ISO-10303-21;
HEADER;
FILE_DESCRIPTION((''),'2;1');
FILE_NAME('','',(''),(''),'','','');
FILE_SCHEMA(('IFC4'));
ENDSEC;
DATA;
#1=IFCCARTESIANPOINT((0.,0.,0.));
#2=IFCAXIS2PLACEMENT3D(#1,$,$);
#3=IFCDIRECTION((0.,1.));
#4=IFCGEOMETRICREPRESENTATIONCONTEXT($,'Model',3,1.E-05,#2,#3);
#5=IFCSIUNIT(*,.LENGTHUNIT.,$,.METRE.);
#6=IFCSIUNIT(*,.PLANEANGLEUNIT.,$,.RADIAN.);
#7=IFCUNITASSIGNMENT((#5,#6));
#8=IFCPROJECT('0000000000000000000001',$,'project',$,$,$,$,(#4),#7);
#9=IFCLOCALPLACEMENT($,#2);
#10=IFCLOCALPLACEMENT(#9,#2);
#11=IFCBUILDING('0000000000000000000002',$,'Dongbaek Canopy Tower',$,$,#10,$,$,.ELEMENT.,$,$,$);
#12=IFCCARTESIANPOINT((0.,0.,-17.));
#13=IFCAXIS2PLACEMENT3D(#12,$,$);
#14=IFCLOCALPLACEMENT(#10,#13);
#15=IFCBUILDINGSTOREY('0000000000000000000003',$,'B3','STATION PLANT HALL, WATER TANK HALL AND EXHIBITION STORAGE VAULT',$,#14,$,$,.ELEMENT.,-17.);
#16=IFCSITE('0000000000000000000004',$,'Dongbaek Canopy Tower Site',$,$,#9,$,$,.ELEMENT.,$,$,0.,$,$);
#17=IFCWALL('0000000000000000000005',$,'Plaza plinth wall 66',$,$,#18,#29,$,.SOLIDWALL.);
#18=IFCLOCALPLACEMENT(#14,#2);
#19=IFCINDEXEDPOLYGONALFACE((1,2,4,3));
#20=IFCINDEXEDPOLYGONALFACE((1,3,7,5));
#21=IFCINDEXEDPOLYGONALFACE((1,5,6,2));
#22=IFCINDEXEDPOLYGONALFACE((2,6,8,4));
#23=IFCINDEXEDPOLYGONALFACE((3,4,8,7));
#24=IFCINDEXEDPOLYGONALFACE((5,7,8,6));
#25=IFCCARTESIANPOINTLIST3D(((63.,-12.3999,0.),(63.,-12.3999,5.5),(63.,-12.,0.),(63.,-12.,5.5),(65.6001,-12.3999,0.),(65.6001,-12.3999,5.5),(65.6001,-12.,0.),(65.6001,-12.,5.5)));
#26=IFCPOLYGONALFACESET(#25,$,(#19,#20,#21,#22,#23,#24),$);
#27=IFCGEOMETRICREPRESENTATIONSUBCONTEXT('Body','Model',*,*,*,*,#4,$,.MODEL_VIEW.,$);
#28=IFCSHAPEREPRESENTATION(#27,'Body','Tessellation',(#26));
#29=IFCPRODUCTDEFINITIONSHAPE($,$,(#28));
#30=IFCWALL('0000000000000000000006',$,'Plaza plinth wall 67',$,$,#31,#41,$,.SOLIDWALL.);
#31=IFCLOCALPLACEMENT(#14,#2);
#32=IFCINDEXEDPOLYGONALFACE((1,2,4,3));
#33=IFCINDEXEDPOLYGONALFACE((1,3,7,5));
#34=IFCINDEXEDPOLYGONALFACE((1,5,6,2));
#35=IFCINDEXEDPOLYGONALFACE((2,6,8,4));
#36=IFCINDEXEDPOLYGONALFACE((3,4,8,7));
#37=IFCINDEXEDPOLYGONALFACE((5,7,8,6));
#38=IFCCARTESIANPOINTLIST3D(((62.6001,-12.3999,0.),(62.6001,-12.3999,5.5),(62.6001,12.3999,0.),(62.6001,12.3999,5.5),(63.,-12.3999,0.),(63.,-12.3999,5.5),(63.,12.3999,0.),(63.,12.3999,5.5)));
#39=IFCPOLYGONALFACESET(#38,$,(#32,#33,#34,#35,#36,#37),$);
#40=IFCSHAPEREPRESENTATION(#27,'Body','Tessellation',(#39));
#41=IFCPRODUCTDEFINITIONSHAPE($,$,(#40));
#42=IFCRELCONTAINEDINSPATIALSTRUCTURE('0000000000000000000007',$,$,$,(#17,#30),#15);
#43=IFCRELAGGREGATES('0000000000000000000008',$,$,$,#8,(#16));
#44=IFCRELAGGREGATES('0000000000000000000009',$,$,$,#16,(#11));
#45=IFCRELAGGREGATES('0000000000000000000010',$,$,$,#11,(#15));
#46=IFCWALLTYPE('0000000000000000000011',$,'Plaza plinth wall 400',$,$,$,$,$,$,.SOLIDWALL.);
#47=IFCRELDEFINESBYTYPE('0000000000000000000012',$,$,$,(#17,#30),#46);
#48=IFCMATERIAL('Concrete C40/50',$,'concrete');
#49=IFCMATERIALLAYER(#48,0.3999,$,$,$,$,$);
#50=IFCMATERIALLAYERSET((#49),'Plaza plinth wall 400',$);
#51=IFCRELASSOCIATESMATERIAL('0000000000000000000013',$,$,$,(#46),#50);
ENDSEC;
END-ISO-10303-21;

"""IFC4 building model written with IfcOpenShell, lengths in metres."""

from ifc_helpers import new_model, si_unit, direction, frame, frame_2d, origin, place, context, subcontext, project, spatial, rectangle, extrude, material, layer, layer_set, type_object, element, save


model = new_model("IFC4")

# Units and contexts
model_context = context("Model", 3, precision=1e-05, world=origin(), true_north=direction((0.0, 1.0)))
body_context = subcontext(model_context, "Body", "Model", "MODEL_VIEW")
ifc_project = project(units=[si_unit("LENGTHUNIT", "METRE"), si_unit("PLANEANGLEUNIT", "RADIAN")], contexts=[model_context])

# Site, building, storey
site_placement = place(None, origin())
site = spatial("IfcSite", under=ifc_project, at=site_placement, Name="Dongbaek Canopy Tower Site", CompositionType="ELEMENT", RefElevation=0.0)
building_placement = place(site_placement, origin())
building = spatial("IfcBuilding", under=site, at=building_placement, Name="Dongbaek Canopy Tower", CompositionType="ELEMENT")
storey_placement = place(building_placement, frame((0.0, 0.0, -17.0)))
storey = spatial("IfcBuildingStorey", under=building, at=storey_placement, Name="B3", Description="STATION PLANT HALL, WATER TANK HALL AND EXHIBITION STORAGE VAULT", CompositionType="ELEMENT", Elevation=-17.0)

# Walls
ifc_material_1 = material(Name="Concrete C40/50", Category="concrete")
ifc_layer = layer(ifc_material_1, 0.3999)
ifc_layer_set = layer_set([ifc_layer], Name="Plaza plinth wall 400")
wall_type = type_object("IfcWallType", Name="Plaza plinth wall 400", PredefinedType="SOLIDWALL", material=ifc_layer_set)
wall_1_placement = place(storey_placement, frame((63.0, -12.2, 0.0), z_axis=(0.0, 0.0, 1.0), x_axis=(1.0, 0.0, 0.0)))
element("IfcWall", 1, at=wall_1_placement, inside=storey, type_object=wall_type, Name="Plaza plinth wall 66", PredefinedType="SOLIDWALL", context=body_context, shape_type="SweptSolid", body=[
    extrude(rectangle(XDim=2.6001, YDim=0.3999, at=frame_2d((1.3, 0.0))), origin(), (0.0, 0.0, 1.0), 5.5),
])
wall_2_placement = place(storey_placement, frame((62.8, -12.3999, 0.0), z_axis=(0.0, 0.0, 1.0), x_axis=(0.0, 1.0, 0.0)))
element("IfcWall", 2, at=wall_2_placement, inside=storey, type_object=wall_type, Name="Plaza plinth wall 67", PredefinedType="SOLIDWALL", context=body_context, shape_type="SweptSolid", body=[
    extrude(rectangle(XDim=24.7998, YDim=0.3999, at=frame_2d((12.3999, 0.0))), origin(), (0.0, 0.0, 1.0), 5.5),
])

save(model, "model.ifc")
